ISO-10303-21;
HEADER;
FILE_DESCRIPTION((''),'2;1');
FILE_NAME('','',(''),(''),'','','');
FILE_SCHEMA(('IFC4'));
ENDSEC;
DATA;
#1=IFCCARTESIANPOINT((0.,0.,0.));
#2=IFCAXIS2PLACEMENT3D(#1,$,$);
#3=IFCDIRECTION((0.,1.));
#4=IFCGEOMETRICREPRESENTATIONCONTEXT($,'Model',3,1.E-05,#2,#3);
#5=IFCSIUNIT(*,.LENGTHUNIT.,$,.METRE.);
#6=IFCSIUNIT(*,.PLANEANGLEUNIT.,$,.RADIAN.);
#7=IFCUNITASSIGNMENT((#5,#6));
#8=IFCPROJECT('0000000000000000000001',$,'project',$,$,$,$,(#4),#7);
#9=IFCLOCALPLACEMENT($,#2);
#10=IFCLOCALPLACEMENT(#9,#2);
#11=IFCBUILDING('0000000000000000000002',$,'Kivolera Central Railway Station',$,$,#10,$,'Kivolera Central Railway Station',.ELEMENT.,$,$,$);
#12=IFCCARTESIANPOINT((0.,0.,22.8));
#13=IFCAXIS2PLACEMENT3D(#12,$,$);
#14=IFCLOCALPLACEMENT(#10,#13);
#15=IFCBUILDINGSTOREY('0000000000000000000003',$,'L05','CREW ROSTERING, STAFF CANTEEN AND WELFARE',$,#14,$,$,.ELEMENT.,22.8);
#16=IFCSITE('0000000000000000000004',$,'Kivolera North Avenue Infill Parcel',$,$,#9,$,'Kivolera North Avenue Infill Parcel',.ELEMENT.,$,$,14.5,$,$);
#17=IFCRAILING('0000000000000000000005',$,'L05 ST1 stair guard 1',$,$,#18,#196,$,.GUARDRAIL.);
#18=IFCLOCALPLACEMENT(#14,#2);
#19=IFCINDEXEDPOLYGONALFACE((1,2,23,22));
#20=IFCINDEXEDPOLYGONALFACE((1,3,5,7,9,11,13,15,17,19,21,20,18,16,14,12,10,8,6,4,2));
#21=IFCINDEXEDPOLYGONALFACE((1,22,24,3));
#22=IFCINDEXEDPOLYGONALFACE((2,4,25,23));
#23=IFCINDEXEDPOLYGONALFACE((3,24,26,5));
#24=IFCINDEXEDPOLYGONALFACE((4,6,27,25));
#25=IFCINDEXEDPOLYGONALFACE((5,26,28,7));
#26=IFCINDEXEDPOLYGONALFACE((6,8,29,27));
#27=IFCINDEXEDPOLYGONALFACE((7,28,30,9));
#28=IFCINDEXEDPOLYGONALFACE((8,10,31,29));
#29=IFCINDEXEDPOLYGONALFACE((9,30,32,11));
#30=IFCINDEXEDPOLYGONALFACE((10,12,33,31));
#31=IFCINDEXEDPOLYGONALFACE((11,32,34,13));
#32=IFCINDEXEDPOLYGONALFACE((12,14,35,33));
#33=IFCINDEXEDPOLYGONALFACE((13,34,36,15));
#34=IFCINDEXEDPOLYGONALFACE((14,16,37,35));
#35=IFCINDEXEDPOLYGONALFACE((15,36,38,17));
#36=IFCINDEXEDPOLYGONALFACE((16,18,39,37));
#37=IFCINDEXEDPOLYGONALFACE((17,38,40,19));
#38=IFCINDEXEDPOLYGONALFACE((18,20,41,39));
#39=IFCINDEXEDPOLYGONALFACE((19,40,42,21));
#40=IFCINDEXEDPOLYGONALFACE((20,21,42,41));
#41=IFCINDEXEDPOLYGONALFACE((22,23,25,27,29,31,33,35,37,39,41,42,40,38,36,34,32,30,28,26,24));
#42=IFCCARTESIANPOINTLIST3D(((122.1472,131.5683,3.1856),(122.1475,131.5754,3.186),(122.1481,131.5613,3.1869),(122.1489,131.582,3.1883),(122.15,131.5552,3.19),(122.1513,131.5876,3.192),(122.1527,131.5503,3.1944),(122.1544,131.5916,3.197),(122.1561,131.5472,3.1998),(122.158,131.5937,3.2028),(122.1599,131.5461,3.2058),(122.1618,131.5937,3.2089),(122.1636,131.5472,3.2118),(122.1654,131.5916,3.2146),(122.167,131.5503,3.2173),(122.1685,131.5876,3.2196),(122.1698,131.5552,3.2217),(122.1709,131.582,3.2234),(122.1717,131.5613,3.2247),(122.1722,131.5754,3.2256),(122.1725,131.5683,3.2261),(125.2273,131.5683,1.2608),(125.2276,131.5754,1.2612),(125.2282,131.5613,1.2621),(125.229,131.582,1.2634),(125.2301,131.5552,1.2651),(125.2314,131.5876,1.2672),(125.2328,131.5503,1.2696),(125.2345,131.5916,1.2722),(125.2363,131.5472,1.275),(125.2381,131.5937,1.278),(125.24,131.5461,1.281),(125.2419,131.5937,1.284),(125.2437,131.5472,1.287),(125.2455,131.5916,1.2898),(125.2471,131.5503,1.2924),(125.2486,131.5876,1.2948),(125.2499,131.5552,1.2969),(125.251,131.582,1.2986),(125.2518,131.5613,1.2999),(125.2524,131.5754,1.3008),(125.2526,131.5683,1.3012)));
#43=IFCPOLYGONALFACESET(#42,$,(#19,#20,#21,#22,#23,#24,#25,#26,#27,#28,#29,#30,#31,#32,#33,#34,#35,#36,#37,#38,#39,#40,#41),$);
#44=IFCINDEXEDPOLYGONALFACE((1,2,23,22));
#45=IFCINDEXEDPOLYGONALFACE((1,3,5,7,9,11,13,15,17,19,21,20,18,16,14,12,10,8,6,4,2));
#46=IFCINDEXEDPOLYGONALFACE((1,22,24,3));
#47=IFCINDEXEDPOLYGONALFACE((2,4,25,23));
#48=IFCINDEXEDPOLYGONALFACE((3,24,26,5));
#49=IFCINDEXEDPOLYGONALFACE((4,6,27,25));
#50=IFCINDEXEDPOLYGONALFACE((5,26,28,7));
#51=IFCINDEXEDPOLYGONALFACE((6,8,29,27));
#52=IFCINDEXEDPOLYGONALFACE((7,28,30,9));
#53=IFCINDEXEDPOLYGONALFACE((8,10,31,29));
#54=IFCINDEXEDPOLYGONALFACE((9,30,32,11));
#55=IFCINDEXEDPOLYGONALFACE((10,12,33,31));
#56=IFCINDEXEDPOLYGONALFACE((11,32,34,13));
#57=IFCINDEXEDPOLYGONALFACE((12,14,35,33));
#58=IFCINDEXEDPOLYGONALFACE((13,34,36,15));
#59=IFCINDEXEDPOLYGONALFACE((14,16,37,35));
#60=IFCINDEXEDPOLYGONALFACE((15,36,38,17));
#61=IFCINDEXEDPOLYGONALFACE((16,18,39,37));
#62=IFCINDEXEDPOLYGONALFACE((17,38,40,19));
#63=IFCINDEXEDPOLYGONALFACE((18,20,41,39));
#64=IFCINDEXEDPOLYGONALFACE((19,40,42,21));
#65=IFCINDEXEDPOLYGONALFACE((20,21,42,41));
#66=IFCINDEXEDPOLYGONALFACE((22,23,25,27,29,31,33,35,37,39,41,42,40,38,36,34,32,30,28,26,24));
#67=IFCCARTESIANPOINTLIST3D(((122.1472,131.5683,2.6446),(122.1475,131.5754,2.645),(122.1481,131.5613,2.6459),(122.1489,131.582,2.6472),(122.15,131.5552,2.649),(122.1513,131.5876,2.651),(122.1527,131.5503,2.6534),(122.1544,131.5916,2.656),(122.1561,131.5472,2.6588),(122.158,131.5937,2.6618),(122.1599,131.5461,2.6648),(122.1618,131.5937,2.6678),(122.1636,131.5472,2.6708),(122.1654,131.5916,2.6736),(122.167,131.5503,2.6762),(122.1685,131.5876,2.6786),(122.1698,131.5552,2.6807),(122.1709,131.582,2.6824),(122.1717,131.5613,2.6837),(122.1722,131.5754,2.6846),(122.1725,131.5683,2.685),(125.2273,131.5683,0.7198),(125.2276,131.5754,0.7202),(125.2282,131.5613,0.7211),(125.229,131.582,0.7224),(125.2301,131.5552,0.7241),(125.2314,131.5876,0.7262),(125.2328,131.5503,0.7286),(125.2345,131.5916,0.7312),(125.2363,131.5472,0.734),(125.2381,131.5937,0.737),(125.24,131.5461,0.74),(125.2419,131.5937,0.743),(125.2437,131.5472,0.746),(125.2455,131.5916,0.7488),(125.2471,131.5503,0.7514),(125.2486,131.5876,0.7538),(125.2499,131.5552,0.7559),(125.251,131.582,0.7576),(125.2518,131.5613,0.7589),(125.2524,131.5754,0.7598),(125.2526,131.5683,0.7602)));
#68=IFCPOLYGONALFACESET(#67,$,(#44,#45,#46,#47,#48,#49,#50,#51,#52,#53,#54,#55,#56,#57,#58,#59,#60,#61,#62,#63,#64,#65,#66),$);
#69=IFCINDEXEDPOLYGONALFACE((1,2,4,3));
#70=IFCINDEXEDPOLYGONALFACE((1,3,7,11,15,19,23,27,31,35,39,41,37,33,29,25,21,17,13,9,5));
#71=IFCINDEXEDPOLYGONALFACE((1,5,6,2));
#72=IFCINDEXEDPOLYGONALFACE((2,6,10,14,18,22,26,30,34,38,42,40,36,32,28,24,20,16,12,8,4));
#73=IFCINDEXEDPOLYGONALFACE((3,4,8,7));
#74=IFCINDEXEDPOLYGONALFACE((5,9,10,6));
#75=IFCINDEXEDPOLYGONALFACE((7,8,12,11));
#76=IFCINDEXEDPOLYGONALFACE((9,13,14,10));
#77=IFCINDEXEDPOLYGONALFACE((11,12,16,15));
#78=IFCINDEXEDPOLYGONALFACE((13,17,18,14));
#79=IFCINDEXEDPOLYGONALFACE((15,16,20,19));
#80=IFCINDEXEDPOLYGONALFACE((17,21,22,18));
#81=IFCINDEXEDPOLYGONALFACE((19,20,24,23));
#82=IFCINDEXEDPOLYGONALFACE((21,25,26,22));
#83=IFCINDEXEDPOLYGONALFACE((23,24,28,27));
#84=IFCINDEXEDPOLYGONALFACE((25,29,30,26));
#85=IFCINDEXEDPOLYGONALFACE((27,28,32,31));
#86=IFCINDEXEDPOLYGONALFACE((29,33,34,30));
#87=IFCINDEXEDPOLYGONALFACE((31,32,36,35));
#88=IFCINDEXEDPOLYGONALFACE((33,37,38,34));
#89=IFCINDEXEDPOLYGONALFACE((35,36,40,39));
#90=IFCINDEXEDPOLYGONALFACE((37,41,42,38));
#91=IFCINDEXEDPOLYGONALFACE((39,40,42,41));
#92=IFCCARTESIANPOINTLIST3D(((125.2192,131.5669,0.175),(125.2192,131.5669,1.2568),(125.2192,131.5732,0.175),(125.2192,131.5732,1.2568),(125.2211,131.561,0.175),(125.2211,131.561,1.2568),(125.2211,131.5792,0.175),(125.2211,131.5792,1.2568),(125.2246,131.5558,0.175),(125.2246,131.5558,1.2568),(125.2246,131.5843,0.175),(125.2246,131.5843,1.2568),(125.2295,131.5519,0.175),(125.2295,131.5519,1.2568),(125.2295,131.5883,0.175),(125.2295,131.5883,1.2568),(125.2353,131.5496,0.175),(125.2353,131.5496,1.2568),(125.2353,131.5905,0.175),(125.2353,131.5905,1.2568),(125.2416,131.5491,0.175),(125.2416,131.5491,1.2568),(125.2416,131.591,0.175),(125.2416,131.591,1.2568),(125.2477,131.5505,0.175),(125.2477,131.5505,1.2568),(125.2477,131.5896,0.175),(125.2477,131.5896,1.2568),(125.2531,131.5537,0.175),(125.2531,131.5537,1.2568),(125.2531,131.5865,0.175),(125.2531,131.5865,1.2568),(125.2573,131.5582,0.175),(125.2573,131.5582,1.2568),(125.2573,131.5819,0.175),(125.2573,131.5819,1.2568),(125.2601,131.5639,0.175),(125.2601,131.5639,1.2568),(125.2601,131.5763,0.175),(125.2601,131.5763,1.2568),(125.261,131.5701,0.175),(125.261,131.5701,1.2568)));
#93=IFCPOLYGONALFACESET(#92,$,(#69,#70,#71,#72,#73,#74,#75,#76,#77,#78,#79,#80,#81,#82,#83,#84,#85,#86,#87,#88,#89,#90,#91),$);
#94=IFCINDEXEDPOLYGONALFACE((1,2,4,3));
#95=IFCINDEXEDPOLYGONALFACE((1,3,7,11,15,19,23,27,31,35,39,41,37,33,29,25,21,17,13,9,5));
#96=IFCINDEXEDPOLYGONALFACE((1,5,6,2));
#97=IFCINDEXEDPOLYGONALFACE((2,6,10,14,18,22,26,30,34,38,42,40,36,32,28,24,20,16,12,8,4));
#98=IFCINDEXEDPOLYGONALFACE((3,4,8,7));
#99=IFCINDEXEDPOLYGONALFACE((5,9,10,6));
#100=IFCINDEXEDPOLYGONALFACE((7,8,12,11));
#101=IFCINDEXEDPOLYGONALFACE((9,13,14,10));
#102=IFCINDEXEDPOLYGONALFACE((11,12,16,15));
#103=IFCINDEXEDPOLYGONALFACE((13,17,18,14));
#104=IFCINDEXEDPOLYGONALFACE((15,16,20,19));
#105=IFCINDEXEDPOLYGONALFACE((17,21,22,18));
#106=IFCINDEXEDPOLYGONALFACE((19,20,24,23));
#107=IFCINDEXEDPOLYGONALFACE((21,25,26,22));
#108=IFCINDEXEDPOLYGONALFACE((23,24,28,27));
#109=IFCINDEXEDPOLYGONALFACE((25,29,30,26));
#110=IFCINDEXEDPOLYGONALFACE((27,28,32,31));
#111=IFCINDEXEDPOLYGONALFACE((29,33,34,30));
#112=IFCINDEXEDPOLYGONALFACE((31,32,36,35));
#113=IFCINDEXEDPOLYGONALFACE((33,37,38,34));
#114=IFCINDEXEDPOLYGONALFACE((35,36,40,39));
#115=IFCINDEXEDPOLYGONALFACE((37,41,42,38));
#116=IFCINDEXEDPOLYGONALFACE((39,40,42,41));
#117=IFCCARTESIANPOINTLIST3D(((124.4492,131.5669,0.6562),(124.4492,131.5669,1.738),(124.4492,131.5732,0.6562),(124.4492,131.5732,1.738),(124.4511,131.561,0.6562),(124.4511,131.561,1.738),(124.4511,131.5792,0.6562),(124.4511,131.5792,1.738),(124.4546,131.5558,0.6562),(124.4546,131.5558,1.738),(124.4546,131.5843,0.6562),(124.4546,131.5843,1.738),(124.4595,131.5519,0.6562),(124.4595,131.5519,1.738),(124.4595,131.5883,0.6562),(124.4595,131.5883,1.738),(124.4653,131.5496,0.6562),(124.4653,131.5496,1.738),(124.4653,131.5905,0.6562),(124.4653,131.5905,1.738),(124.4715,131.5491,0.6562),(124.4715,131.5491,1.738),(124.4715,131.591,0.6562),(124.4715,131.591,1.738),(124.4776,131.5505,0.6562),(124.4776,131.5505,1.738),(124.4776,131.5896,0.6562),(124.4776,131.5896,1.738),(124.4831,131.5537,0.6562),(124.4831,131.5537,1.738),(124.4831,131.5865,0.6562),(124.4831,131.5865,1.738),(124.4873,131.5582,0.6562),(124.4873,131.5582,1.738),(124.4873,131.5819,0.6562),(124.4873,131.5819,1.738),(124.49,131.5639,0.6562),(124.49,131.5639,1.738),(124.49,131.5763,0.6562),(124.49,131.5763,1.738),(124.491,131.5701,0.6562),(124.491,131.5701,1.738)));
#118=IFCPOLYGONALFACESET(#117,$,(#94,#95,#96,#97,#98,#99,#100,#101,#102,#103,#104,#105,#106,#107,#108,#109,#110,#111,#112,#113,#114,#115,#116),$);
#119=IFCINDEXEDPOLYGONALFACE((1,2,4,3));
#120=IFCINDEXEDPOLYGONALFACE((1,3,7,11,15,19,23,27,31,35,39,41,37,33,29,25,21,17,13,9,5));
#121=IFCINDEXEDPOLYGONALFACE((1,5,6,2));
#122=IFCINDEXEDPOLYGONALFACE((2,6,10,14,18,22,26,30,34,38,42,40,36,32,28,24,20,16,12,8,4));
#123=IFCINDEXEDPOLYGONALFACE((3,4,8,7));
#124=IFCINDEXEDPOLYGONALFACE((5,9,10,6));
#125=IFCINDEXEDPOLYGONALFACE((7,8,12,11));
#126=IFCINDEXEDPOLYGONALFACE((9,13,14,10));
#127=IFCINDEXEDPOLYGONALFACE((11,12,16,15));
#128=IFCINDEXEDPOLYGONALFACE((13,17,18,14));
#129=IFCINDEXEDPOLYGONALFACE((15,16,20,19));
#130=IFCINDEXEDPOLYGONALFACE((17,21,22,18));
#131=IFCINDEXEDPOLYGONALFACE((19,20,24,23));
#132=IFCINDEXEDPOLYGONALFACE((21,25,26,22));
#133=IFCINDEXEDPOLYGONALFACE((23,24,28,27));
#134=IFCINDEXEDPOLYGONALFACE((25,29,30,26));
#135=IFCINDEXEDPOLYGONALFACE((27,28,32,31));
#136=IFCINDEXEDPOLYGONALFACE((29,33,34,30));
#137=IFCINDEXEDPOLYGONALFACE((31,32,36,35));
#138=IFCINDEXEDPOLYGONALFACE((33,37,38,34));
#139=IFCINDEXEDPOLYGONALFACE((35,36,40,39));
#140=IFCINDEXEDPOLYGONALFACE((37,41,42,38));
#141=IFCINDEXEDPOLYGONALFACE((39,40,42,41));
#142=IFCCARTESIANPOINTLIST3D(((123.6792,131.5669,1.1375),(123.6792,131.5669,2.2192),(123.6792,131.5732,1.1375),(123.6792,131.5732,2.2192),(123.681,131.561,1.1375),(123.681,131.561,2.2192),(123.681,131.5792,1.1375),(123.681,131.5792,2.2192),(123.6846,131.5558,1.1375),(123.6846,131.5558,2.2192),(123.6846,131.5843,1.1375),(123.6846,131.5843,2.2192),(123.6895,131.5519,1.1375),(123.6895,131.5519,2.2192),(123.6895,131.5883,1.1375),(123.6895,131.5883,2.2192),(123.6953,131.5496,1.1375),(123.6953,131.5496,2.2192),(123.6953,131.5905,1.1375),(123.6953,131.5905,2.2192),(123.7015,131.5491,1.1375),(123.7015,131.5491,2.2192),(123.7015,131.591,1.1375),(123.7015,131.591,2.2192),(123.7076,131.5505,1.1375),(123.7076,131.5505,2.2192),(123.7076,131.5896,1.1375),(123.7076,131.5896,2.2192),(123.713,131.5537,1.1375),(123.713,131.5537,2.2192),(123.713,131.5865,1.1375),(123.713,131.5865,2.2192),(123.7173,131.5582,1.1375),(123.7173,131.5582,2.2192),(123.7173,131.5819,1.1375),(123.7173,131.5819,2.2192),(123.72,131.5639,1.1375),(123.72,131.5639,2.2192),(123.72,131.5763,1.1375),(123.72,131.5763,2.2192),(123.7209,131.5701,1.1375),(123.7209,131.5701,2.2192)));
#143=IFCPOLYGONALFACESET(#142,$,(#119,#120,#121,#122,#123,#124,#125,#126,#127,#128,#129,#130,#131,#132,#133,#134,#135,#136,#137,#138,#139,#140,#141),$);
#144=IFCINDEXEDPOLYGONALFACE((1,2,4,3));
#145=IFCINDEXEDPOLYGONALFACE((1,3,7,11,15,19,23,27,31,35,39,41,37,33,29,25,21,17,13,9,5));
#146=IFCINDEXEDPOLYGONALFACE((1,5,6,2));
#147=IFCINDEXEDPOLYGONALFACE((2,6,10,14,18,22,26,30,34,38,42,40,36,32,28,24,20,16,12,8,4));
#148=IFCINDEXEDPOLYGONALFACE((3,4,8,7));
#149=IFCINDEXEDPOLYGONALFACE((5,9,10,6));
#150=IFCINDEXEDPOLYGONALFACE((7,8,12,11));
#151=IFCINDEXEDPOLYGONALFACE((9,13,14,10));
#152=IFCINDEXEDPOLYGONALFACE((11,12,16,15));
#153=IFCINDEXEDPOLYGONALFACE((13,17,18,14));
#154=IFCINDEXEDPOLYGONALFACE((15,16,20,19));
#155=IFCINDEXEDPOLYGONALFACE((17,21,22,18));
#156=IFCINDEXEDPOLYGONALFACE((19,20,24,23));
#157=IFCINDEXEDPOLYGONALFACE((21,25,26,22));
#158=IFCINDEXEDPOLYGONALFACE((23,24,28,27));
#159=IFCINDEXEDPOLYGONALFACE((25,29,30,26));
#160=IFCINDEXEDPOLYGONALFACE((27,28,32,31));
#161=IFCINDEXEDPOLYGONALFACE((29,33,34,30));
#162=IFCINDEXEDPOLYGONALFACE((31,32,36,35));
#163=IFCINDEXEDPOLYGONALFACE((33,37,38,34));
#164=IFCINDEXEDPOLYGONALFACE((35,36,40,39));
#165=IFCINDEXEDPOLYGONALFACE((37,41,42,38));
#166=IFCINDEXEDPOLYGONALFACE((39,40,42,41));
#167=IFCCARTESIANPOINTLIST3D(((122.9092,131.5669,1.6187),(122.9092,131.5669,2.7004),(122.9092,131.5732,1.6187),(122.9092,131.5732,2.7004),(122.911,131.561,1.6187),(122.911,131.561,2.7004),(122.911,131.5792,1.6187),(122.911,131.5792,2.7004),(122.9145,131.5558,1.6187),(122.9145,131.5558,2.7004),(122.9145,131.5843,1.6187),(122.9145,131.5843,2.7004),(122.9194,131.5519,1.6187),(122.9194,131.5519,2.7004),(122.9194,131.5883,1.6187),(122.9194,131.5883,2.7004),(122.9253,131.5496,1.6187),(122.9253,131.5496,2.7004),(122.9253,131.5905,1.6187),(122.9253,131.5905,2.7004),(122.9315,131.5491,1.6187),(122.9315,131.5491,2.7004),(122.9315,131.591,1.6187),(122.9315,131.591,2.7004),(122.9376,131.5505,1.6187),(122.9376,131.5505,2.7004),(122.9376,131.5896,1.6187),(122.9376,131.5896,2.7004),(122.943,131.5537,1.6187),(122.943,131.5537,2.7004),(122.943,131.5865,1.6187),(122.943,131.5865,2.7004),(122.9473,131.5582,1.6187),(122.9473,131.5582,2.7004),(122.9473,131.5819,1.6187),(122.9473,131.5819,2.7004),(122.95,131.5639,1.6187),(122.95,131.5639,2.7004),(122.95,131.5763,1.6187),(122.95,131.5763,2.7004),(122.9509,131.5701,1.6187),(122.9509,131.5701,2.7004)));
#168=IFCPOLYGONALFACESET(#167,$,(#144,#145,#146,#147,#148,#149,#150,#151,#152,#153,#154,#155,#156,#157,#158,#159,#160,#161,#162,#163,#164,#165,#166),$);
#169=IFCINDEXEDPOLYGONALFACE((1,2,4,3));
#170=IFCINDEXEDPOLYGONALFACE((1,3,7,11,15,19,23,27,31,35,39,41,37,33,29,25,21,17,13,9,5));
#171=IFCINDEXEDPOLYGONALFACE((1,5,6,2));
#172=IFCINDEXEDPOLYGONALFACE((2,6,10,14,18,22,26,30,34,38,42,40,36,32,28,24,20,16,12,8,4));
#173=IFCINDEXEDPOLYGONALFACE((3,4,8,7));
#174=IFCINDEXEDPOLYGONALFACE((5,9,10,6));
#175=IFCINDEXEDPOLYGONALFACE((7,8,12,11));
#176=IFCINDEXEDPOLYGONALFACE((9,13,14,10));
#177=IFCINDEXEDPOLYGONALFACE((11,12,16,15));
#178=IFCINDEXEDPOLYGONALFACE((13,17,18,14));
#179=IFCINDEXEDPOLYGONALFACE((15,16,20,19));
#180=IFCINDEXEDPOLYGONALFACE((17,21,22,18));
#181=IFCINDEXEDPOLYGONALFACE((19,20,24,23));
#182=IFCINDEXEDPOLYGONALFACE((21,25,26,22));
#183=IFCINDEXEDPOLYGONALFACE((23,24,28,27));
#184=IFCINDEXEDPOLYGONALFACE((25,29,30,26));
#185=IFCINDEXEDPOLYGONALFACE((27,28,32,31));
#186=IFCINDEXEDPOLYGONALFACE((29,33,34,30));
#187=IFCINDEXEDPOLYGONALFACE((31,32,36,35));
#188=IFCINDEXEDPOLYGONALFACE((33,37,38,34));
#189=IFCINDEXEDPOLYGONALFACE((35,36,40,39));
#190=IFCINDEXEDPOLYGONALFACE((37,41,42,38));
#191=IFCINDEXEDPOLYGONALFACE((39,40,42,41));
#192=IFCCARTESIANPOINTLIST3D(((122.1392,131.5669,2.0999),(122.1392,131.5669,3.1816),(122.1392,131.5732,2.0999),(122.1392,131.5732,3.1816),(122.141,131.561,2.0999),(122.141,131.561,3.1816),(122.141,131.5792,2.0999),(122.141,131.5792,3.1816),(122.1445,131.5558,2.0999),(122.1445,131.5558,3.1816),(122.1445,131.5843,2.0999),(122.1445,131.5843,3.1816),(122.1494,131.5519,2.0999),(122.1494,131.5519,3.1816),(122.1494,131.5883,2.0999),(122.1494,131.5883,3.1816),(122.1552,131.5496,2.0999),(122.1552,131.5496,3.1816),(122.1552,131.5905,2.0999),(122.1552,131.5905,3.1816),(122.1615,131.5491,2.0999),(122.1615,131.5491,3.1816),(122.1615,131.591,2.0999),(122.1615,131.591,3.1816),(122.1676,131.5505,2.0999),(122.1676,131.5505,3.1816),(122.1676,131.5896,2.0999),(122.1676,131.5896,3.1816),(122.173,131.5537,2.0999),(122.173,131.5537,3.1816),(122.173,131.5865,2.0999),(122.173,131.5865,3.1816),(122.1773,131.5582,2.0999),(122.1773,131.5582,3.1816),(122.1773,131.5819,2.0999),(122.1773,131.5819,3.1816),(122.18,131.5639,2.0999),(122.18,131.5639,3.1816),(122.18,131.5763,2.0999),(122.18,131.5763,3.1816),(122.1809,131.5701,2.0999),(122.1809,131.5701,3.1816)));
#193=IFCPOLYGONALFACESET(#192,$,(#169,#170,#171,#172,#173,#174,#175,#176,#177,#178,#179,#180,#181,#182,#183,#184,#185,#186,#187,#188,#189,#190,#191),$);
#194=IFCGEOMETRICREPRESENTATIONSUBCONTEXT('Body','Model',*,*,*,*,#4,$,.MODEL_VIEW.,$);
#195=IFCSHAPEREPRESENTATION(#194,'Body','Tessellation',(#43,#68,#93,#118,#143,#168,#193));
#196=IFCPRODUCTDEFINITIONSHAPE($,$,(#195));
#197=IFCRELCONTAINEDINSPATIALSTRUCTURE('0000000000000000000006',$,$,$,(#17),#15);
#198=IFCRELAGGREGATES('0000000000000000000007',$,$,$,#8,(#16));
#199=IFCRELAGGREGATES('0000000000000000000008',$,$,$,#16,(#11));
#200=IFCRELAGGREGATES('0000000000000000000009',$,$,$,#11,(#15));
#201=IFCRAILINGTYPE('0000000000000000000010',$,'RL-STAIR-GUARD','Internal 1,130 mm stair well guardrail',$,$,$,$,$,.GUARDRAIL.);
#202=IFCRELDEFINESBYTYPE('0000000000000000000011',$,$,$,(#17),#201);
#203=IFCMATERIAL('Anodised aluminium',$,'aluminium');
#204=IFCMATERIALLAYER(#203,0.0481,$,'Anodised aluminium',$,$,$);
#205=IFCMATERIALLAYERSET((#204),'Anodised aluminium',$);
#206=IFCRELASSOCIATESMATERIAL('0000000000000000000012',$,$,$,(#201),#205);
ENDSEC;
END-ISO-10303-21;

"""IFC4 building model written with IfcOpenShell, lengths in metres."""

from ifc_helpers import new_model, si_unit, direction, frame, origin, origin_2d, place, context, subcontext, project, spatial, circle, extrude, material, layer, layer_set, type_object, element, save


model = new_model("IFC4")

# Units and contexts
model_context = context("Model", 3, precision=1e-05, world=origin(), true_north=direction((0.0, 1.0)))
body_context = subcontext(model_context, "Body", "Model", "MODEL_VIEW")
ifc_project = project(units=[si_unit("LENGTHUNIT", "METRE"), si_unit("PLANEANGLEUNIT", "RADIAN")], contexts=[model_context])

# Site, building, storey
site_placement = place(None, origin())
site = spatial("IfcSite", under=ifc_project, at=site_placement, Name="Kivolera North Avenue Infill Parcel", LongName="Kivolera North Avenue Infill Parcel", CompositionType="ELEMENT", RefElevation=14.5)
building_placement = place(site_placement, origin())
building = spatial("IfcBuilding", under=site, at=building_placement, Name="Kivolera Central Railway Station", LongName="Kivolera Central Railway Station", CompositionType="ELEMENT")
storey_placement = place(building_placement, frame((0.0, 0.0, 22.8)))
storey = spatial("IfcBuildingStorey", under=building, at=storey_placement, Name="L05", Description="CREW ROSTERING, STAFF CANTEEN AND WELFARE", CompositionType="ELEMENT", Elevation=22.8)

# Shared definitions
ifc_material_1 = material(Name="Anodised aluminium", Category="aluminium")

# Railing
ifc_layer_1 = layer(ifc_material_1, 0.0481, Name="Anodised aluminium")
ifc_layer_set_1 = layer_set([ifc_layer_1], Name="Anodised aluminium")
railing_type_1 = type_object("IfcRailingType", Name="RL-STAIR-GUARD", Description="Internal 1,130 mm stair well guardrail", PredefinedType="GUARDRAIL", material=ifc_layer_set_1)
railing_1_placement = place(storey_placement, frame((125.24, 131.5701, 0.175)))
element("IfcRailing", 1, at=railing_1_placement, inside=storey, type_object=railing_type_1, Name="L05 ST1 stair guard 1", PredefinedType="GUARDRAIL", context=body_context, shape_type="SweptSolid", body=[
    extrude(circle(Radius=0.0239, at=origin_2d()), frame((0.0, 0.0, 1.106), z_axis=(-0.848029, 0.0, 0.529951), x_axis=(0.0, -1.0, 0.0)), (0.0, 0.0, 1.0), 3.6321),
    extrude(circle(Radius=0.0239, at=origin_2d()), frame((0.0, 0.0, 0.5649), z_axis=(-0.848029, 0.0, 0.529951), x_axis=(0.0, -1.0, 0.0)), (0.0, 0.0, 1.0), 3.6321),
    extrude(circle(Radius=0.021, at=origin_2d()), origin(), (0.0, 0.0, 1.0), 1.0818),
    extrude(circle(Radius=0.021, at=origin_2d()), frame((-0.77, 0.0, 0.4812)), (0.0, 0.0, 1.0), 1.0818),
    extrude(circle(Radius=0.021, at=origin_2d()), frame((-1.54, 0.0, 0.9624)), (0.0, 0.0, 1.0), 1.0818),
    extrude(circle(Radius=0.021, at=origin_2d()), frame((-2.3101, 0.0, 1.4436)), (0.0, 0.0, 1.0), 1.0818),
    extrude(circle(Radius=0.021, at=origin_2d()), frame((-3.0801, 0.0, 1.9248)), (0.0, 0.0, 1.0), 1.0818),
])

save(model, "model.ifc")
